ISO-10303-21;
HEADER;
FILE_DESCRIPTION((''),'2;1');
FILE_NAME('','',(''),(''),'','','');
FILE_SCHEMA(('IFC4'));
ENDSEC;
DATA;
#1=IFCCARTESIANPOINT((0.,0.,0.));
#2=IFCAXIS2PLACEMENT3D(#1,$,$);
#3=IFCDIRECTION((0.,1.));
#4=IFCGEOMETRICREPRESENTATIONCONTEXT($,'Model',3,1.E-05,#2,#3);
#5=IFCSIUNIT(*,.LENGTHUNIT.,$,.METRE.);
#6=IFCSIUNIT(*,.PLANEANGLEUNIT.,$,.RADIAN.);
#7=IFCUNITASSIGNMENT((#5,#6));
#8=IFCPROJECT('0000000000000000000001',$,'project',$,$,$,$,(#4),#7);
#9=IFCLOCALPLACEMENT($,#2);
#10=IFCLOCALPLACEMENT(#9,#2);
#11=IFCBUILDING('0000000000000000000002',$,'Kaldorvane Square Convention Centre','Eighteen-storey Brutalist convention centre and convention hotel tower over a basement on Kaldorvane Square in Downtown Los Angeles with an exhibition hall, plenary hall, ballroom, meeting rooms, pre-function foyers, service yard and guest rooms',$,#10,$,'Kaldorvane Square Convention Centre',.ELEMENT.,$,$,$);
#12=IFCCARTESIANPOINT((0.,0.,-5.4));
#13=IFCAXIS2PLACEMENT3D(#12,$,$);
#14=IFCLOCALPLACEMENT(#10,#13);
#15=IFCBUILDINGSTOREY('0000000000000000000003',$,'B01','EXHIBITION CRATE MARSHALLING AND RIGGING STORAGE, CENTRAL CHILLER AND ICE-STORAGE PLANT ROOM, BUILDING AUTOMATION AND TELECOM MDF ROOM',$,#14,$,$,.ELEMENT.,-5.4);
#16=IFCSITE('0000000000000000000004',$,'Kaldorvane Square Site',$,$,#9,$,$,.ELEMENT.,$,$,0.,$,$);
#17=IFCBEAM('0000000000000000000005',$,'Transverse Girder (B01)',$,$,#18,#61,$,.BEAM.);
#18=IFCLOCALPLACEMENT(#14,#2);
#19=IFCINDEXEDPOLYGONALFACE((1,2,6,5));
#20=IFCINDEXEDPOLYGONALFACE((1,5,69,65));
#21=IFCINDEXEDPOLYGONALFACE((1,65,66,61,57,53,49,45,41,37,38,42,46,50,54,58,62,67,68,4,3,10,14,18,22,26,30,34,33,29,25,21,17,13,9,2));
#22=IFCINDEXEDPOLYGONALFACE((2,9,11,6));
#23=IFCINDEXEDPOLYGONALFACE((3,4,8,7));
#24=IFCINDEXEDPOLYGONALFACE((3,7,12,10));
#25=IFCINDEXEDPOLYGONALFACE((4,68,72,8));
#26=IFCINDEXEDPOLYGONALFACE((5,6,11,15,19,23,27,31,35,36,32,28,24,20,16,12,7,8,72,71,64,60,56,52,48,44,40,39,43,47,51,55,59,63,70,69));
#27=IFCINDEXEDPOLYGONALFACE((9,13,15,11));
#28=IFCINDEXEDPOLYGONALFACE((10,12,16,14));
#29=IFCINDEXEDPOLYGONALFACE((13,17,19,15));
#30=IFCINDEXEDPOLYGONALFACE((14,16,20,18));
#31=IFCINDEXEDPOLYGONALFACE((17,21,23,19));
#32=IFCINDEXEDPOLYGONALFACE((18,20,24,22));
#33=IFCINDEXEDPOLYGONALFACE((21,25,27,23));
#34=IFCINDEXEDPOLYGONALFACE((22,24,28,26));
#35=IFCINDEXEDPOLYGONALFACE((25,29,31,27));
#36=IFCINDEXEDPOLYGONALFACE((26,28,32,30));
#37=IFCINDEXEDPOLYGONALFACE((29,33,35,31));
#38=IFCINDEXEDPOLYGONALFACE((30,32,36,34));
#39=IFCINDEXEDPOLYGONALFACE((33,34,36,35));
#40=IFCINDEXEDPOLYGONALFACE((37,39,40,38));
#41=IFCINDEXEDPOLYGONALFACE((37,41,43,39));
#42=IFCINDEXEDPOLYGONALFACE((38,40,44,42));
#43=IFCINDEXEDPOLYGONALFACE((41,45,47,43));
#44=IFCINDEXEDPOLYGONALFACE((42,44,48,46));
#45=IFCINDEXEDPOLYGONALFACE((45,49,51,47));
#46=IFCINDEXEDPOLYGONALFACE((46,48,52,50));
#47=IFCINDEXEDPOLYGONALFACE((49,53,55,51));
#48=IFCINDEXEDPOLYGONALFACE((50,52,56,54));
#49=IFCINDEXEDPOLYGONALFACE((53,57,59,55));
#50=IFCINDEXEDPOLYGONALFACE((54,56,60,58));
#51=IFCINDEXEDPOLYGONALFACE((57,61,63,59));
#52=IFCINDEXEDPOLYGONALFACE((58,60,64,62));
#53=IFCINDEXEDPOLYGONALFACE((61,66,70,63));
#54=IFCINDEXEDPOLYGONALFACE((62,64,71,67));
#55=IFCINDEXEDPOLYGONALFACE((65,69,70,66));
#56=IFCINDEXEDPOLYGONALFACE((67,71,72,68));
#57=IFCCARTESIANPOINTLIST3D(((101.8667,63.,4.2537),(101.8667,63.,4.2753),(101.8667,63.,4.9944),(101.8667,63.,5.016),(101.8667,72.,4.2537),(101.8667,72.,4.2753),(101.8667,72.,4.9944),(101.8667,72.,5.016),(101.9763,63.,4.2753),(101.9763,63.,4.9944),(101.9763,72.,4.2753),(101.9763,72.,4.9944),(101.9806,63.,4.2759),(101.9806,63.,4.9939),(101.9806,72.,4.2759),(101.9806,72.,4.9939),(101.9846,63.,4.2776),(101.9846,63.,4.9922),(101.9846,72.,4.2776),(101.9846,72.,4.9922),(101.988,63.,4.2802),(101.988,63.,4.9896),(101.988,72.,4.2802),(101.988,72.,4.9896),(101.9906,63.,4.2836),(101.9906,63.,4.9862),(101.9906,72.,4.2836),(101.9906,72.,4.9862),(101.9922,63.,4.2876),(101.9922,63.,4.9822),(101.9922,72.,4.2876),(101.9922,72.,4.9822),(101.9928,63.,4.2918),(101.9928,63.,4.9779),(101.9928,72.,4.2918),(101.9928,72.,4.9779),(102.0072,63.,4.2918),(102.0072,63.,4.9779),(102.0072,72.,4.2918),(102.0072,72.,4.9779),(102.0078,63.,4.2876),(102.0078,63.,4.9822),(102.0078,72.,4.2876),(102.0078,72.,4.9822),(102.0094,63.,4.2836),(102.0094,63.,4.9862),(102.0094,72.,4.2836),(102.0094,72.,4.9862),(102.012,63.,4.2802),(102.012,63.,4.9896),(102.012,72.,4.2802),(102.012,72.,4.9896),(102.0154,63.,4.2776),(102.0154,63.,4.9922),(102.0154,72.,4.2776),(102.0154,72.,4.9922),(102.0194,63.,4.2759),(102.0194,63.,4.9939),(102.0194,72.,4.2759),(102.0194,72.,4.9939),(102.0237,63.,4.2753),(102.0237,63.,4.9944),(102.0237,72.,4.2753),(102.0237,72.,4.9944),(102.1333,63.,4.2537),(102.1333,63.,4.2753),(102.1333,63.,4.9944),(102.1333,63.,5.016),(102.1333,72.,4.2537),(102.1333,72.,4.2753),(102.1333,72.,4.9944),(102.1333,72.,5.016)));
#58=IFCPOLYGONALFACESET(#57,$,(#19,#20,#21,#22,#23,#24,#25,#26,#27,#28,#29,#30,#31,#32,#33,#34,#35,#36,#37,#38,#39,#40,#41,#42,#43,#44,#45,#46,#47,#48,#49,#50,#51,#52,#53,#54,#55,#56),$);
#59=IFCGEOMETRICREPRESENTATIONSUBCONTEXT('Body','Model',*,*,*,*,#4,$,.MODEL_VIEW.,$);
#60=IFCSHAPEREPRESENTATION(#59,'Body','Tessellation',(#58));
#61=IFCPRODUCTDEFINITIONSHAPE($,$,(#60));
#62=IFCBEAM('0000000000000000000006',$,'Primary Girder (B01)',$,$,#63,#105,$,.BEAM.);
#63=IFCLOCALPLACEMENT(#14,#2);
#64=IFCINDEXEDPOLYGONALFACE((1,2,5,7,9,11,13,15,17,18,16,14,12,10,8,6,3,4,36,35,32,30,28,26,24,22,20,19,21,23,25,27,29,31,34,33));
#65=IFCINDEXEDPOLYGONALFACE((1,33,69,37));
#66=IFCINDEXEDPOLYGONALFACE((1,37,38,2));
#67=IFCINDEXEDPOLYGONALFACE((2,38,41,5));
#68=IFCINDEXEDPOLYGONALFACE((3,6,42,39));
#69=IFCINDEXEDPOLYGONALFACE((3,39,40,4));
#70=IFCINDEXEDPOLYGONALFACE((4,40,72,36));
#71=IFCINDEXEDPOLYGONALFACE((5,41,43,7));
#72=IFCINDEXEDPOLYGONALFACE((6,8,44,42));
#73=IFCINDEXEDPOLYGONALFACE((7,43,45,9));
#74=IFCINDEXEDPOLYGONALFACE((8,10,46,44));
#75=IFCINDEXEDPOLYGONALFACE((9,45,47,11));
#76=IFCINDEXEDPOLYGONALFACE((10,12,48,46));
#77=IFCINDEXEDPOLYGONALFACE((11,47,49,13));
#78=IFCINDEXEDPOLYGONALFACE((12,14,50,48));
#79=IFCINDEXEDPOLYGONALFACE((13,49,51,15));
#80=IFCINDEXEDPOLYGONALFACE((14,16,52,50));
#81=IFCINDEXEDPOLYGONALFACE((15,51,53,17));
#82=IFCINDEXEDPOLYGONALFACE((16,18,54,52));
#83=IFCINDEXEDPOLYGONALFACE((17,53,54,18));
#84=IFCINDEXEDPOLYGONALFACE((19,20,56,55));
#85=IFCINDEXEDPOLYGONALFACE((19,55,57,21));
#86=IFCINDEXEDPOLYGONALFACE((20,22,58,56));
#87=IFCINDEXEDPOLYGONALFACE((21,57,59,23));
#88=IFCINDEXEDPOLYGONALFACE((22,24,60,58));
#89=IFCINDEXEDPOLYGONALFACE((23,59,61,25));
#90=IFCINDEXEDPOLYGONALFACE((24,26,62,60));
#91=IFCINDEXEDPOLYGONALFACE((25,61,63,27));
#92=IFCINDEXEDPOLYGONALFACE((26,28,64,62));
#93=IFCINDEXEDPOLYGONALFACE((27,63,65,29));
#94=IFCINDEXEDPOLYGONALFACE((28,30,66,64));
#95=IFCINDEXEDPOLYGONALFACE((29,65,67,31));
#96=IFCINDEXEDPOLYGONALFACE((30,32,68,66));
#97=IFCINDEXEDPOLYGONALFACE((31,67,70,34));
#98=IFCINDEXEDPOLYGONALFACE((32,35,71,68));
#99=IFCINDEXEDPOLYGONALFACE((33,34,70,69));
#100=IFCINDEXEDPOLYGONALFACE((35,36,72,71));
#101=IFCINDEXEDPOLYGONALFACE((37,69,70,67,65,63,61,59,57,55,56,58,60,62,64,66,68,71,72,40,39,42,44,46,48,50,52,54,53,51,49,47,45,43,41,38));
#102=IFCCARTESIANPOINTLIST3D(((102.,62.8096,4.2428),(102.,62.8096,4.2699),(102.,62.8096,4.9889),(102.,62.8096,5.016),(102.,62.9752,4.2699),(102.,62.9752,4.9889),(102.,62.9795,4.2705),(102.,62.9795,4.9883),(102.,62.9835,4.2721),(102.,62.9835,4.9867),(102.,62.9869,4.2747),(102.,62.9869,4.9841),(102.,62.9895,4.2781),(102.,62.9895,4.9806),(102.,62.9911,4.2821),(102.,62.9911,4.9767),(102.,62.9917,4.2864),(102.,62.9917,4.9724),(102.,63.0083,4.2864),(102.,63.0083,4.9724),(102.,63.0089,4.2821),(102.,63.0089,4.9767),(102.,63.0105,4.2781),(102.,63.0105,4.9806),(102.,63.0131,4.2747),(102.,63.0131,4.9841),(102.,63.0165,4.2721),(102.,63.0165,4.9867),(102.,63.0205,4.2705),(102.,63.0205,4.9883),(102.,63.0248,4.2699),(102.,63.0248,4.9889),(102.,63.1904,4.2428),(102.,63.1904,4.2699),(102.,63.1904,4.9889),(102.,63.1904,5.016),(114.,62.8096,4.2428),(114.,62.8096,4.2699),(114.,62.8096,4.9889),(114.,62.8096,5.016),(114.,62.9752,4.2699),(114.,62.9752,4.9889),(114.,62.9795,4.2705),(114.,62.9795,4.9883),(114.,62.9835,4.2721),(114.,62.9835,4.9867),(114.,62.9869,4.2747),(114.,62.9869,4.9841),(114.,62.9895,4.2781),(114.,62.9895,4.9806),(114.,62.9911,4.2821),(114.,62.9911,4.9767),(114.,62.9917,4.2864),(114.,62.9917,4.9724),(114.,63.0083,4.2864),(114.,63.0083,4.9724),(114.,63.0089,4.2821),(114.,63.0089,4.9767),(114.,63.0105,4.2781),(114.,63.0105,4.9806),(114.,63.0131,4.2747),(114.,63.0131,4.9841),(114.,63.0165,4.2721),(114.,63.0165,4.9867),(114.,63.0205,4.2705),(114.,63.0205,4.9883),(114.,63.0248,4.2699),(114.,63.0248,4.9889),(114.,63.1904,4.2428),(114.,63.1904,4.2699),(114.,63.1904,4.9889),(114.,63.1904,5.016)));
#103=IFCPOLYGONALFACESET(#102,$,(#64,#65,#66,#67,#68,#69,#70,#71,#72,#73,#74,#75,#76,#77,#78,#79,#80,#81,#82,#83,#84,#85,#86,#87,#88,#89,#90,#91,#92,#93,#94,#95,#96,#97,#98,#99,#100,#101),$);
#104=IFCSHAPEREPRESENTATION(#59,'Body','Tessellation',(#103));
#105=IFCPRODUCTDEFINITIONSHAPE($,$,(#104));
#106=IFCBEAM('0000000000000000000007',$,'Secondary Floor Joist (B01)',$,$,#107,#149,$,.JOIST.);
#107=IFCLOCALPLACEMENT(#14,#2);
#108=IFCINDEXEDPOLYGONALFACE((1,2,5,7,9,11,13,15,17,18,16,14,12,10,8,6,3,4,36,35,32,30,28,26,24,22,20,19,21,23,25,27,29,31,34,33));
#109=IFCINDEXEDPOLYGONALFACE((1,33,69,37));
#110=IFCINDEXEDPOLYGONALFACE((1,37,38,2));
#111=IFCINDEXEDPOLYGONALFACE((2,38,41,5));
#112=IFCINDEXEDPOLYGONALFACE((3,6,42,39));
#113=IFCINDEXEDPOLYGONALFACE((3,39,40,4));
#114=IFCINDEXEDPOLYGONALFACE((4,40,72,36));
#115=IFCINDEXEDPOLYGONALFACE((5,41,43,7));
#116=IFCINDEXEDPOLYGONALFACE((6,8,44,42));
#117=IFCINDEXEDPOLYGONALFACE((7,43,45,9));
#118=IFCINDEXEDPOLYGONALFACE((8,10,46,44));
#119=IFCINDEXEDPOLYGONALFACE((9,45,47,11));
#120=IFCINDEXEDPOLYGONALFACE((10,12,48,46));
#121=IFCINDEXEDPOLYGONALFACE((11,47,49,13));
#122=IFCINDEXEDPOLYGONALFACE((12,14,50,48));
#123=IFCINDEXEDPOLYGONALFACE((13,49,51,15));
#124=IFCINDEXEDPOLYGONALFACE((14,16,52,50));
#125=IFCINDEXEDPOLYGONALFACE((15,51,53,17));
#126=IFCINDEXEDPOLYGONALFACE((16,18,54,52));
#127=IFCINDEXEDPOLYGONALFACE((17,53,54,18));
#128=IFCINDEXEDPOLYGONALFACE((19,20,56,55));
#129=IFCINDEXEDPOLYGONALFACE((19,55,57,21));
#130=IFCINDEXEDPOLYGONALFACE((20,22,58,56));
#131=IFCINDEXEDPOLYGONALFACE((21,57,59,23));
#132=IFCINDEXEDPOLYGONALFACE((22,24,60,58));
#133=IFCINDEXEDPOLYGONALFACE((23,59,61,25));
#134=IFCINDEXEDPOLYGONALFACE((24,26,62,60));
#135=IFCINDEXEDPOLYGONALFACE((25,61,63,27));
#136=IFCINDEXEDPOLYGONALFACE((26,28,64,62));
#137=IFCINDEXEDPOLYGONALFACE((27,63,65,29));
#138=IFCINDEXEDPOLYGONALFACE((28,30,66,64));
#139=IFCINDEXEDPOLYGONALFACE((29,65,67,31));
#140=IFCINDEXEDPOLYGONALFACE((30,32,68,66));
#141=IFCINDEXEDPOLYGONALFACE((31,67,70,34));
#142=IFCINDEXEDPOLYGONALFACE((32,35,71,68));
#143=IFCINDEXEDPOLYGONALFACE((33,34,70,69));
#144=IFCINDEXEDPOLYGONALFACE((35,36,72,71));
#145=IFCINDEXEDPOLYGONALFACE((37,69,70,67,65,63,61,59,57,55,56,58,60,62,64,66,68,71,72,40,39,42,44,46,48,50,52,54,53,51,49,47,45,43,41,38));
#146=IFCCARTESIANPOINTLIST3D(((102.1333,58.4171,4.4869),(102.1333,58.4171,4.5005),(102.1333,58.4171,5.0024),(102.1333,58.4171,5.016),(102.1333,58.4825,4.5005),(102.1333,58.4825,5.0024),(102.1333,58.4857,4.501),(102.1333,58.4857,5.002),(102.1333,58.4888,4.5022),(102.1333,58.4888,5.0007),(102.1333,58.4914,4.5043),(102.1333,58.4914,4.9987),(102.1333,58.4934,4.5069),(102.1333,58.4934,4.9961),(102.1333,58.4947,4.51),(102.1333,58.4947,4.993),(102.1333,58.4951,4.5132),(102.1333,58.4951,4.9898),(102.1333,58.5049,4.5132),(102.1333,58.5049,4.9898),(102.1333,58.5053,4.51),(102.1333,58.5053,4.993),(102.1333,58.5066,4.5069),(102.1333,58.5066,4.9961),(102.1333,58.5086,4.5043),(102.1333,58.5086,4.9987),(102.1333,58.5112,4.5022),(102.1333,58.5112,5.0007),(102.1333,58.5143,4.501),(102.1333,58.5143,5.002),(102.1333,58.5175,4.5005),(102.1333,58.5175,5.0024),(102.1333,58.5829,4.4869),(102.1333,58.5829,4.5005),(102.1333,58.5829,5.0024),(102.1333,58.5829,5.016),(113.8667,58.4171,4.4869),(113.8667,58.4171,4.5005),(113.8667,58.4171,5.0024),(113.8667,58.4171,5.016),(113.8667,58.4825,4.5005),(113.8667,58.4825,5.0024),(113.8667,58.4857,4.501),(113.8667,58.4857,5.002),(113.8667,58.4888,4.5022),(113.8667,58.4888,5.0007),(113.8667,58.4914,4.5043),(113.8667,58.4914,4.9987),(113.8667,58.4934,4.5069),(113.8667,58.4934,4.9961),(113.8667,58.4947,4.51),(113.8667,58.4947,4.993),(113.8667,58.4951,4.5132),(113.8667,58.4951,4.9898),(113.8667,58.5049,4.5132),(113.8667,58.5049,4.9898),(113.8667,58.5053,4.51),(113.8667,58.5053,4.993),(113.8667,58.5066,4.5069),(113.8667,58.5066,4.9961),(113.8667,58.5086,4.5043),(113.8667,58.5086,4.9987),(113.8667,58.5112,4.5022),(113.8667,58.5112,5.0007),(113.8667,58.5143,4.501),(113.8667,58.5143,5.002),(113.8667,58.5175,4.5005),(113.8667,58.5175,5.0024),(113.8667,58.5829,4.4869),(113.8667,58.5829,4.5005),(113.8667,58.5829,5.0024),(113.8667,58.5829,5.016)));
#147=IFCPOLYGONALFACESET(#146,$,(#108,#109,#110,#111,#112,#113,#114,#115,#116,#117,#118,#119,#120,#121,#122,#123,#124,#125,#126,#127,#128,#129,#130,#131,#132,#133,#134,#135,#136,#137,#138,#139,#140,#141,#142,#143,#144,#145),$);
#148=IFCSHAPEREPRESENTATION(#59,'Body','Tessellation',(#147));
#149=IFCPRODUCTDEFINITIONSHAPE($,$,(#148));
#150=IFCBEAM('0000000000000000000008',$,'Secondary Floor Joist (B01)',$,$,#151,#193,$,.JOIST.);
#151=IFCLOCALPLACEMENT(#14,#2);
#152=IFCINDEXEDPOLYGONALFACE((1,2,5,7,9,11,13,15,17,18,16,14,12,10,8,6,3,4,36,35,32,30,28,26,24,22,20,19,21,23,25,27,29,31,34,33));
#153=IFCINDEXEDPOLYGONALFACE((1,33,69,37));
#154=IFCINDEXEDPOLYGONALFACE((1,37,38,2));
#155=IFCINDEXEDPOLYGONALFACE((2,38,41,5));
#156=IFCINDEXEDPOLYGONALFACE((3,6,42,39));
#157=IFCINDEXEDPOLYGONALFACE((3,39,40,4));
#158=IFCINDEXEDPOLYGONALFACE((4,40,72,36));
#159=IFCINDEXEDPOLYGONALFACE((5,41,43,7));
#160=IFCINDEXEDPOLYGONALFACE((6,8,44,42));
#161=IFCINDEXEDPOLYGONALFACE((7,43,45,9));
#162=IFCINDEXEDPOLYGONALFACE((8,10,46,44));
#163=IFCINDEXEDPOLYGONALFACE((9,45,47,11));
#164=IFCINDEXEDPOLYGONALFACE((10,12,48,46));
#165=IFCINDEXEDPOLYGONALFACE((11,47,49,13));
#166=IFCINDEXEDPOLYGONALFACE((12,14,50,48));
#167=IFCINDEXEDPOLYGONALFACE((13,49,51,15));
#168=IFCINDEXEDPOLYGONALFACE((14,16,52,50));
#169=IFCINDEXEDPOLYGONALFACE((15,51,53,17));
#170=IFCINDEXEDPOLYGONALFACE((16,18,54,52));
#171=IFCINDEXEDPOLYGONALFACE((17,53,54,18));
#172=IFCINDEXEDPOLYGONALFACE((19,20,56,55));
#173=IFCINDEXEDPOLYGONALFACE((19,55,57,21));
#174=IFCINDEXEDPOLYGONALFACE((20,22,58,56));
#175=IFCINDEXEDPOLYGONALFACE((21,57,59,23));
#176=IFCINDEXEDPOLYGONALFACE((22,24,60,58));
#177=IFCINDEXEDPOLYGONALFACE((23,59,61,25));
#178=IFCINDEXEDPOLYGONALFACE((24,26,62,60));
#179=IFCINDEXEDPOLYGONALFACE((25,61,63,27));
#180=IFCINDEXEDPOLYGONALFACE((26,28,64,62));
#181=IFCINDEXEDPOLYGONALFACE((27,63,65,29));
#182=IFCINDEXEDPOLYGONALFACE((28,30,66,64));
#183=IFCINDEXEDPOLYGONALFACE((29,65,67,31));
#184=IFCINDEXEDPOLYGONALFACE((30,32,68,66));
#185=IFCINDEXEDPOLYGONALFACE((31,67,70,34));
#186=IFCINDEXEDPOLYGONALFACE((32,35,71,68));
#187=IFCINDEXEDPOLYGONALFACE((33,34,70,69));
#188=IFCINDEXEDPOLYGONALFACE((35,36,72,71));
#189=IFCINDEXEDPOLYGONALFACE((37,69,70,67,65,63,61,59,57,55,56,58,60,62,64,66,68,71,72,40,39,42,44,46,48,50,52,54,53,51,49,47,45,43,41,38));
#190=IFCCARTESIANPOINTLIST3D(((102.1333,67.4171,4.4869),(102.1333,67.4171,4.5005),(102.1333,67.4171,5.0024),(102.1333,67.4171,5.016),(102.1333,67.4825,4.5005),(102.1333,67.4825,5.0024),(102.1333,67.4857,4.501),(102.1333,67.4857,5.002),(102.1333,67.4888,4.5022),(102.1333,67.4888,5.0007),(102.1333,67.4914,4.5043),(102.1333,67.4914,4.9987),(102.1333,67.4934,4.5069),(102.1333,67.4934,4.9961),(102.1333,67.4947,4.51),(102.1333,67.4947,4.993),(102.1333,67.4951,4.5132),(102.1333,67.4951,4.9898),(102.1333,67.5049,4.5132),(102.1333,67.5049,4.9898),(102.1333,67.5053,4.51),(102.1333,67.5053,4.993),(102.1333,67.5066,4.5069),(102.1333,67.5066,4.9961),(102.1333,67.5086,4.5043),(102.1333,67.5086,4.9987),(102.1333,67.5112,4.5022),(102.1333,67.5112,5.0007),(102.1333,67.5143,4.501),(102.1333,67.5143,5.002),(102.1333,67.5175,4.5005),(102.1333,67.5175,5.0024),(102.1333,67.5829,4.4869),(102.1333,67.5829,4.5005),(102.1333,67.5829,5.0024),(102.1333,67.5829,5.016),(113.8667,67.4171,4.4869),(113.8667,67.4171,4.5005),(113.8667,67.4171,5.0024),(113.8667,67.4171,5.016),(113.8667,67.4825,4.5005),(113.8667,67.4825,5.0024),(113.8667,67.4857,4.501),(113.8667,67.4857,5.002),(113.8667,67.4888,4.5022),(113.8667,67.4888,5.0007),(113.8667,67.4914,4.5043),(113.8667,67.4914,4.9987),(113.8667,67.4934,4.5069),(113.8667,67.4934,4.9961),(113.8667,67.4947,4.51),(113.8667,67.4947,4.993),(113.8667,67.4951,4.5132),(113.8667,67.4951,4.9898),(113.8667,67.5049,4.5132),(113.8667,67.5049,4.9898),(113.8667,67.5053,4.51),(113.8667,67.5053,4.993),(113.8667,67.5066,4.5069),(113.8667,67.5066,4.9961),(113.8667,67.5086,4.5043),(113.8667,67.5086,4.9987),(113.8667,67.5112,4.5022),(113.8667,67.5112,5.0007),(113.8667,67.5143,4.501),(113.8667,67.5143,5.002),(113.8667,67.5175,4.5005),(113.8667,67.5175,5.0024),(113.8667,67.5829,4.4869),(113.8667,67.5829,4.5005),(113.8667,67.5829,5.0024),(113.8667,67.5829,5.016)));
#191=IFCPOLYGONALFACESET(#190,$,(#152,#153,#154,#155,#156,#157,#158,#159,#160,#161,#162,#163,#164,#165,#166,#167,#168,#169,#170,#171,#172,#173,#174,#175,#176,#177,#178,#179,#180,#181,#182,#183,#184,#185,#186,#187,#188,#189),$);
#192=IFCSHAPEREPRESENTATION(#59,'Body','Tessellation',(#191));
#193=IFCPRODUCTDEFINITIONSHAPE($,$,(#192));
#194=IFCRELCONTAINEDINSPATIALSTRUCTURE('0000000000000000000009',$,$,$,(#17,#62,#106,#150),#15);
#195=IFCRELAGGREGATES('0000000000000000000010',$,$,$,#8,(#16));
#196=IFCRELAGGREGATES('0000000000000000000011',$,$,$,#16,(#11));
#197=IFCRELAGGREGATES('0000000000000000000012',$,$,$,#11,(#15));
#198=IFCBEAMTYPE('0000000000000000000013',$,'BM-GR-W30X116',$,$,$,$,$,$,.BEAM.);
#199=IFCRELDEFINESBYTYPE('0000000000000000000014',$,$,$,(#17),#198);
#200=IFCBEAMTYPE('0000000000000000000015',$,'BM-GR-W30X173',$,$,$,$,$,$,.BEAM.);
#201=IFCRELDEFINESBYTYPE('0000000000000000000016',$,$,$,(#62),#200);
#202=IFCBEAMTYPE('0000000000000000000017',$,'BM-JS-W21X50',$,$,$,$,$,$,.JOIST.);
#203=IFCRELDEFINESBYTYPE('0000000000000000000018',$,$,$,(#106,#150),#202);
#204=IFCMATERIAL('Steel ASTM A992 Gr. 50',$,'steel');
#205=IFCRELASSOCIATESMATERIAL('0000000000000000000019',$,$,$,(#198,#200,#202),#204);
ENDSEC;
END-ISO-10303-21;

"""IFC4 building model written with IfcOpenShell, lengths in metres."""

from ifc_helpers import new_model, si_unit, direction, frame, origin, origin_2d, place, context, subcontext, project, spatial, i_section, extrude, material, material_profile, profile_set, type_object, element, save


model = new_model("IFC4")

# Units and contexts
model_context = context("Model", 3, precision=1e-05, world=origin(), true_north=direction((0.0, 1.0)))
body_context = subcontext(model_context, "Body", "Model", "MODEL_VIEW")
ifc_project = project(units=[si_unit("LENGTHUNIT", "METRE"), si_unit("PLANEANGLEUNIT", "RADIAN")], contexts=[model_context])

# Site, building, storey
site_placement = place(None, origin())
site = spatial("IfcSite", under=ifc_project, at=site_placement, Name="Kaldorvane Square Site", CompositionType="ELEMENT", RefElevation=0.0)
building_placement = place(site_placement, origin())
building = spatial("IfcBuilding", under=site, at=building_placement, Name="Kaldorvane Square Convention Centre", Description="Eighteen-storey Brutalist convention centre and convention hotel tower over a basement on Kaldorvane Square in Downtown Los Angeles with an exhibition hall, plenary hall, ballroom, meeting rooms, pre-function foyers, service yard and guest rooms", LongName="Kaldorvane Square Convention Centre", CompositionType="ELEMENT")
storey_placement = place(building_placement, frame((0.0, 0.0, -5.4)))
storey = spatial("IfcBuildingStorey", under=building, at=storey_placement, Name="B01", Description="EXHIBITION CRATE MARSHALLING AND RIGGING STORAGE, CENTRAL CHILLER AND ICE-STORAGE PLANT ROOM, BUILDING AUTOMATION AND TELECOM MDF ROOM", CompositionType="ELEMENT", Elevation=-5.4)

# Shared definitions
ifc_material_1 = material(Name="Steel ASTM A992 Gr. 50", Category="steel")

# Beams
ifc_material_profile_1 = material_profile(ifc_material_1, i_section(OverallWidth=0.2666, OverallDepth=0.7623, WebThickness=0.0144, FlangeThickness=0.0216, FilletRadius=0.0165, at=origin_2d()), Name="W30X116")
ifc_profile_set_1 = profile_set([ifc_material_profile_1], Name="Steel ASTM A992 Gr. 50")
beam_type_1 = type_object("IfcBeamType", Name="BM-GR-W30X116", PredefinedType="BEAM", material=ifc_profile_set_1)
for number, where, z_axis, x_axis, name in (
    (1, (102.0, 63.0, 4.6349), (0.0, 1.0, 0.0), (-1.0, 0.0, 0.0), "Transverse Girder (B01)"),
):
    element("IfcBeam", number, at=place(storey_placement, frame(where, z_axis=z_axis, x_axis=x_axis)), inside=storey, type_object=beam_type_1, Name=name, PredefinedType="BEAM", context=body_context, shape_type="SweptSolid", body=[
        extrude(i_section(OverallWidth=0.2666, OverallDepth=0.7623, WebThickness=0.0144, FlangeThickness=0.0216, FilletRadius=0.0165, at=origin_2d()), origin(), (0.0, 0.0, 1.0), 9.0),
    ])
ifc_material_profile_2 = material_profile(ifc_material_1, i_section(OverallWidth=0.3807, OverallDepth=0.7732, WebThickness=0.0166, FlangeThickness=0.0271, FilletRadius=0.0165, at=origin_2d()), Name="W30X173")
ifc_profile_set_2 = profile_set([ifc_material_profile_2], Name="Steel ASTM A992 Gr. 50")
beam_type_2 = type_object("IfcBeamType", Name="BM-GR-W30X173", PredefinedType="BEAM", material=ifc_profile_set_2)
beam_placement = place(storey_placement, frame((102.0, 63.0, 4.6294), z_axis=(1.0, 0.0, 0.0), x_axis=(0.0, 1.0, 0.0)))
element("IfcBeam", 2, at=beam_placement, inside=storey, type_object=beam_type_2, Name="Primary Girder (B01)", PredefinedType="BEAM", context=body_context, shape_type="SweptSolid", body=[
    extrude(i_section(OverallWidth=0.3807, OverallDepth=0.7732, WebThickness=0.0166, FlangeThickness=0.0271, FilletRadius=0.0165, at=origin_2d()), origin(), (0.0, 0.0, 1.0), 12.0),
])
ifc_material_profile_3 = material_profile(ifc_material_1, i_section(OverallWidth=0.1659, OverallDepth=0.5291, WebThickness=0.0097, FlangeThickness=0.0136, FilletRadius=0.0127, at=origin_2d()), Name="W21X50")
ifc_profile_set_3 = profile_set([ifc_material_profile_3], Name="Steel ASTM A992 Gr. 50")
beam_type_3 = type_object("IfcBeamType", Name="BM-JS-W21X50", PredefinedType="JOIST", material=ifc_profile_set_3)
for number, where, z_axis, x_axis, name in (
    (3, (102.1333, 58.5, 4.7515), (1.0, 0.0, 0.0), (0.0, 1.0, 0.0), "Secondary Floor Joist (B01)"),
    (4, (102.1333, 67.5, 4.7515), (1.0, 0.0, 0.0), (0.0, 1.0, 0.0), "Secondary Floor Joist (B01)"),
):
    element("IfcBeam", number, at=place(storey_placement, frame(where, z_axis=z_axis, x_axis=x_axis)), inside=storey, type_object=beam_type_3, Name=name, PredefinedType="JOIST", context=body_context, shape_type="SweptSolid", body=[
        extrude(i_section(OverallWidth=0.1659, OverallDepth=0.5291, WebThickness=0.0097, FlangeThickness=0.0136, FilletRadius=0.0127, at=origin_2d()), origin(), (0.0, 0.0, 1.0), 11.7334),
    ])

save(model, "model.ifc")
